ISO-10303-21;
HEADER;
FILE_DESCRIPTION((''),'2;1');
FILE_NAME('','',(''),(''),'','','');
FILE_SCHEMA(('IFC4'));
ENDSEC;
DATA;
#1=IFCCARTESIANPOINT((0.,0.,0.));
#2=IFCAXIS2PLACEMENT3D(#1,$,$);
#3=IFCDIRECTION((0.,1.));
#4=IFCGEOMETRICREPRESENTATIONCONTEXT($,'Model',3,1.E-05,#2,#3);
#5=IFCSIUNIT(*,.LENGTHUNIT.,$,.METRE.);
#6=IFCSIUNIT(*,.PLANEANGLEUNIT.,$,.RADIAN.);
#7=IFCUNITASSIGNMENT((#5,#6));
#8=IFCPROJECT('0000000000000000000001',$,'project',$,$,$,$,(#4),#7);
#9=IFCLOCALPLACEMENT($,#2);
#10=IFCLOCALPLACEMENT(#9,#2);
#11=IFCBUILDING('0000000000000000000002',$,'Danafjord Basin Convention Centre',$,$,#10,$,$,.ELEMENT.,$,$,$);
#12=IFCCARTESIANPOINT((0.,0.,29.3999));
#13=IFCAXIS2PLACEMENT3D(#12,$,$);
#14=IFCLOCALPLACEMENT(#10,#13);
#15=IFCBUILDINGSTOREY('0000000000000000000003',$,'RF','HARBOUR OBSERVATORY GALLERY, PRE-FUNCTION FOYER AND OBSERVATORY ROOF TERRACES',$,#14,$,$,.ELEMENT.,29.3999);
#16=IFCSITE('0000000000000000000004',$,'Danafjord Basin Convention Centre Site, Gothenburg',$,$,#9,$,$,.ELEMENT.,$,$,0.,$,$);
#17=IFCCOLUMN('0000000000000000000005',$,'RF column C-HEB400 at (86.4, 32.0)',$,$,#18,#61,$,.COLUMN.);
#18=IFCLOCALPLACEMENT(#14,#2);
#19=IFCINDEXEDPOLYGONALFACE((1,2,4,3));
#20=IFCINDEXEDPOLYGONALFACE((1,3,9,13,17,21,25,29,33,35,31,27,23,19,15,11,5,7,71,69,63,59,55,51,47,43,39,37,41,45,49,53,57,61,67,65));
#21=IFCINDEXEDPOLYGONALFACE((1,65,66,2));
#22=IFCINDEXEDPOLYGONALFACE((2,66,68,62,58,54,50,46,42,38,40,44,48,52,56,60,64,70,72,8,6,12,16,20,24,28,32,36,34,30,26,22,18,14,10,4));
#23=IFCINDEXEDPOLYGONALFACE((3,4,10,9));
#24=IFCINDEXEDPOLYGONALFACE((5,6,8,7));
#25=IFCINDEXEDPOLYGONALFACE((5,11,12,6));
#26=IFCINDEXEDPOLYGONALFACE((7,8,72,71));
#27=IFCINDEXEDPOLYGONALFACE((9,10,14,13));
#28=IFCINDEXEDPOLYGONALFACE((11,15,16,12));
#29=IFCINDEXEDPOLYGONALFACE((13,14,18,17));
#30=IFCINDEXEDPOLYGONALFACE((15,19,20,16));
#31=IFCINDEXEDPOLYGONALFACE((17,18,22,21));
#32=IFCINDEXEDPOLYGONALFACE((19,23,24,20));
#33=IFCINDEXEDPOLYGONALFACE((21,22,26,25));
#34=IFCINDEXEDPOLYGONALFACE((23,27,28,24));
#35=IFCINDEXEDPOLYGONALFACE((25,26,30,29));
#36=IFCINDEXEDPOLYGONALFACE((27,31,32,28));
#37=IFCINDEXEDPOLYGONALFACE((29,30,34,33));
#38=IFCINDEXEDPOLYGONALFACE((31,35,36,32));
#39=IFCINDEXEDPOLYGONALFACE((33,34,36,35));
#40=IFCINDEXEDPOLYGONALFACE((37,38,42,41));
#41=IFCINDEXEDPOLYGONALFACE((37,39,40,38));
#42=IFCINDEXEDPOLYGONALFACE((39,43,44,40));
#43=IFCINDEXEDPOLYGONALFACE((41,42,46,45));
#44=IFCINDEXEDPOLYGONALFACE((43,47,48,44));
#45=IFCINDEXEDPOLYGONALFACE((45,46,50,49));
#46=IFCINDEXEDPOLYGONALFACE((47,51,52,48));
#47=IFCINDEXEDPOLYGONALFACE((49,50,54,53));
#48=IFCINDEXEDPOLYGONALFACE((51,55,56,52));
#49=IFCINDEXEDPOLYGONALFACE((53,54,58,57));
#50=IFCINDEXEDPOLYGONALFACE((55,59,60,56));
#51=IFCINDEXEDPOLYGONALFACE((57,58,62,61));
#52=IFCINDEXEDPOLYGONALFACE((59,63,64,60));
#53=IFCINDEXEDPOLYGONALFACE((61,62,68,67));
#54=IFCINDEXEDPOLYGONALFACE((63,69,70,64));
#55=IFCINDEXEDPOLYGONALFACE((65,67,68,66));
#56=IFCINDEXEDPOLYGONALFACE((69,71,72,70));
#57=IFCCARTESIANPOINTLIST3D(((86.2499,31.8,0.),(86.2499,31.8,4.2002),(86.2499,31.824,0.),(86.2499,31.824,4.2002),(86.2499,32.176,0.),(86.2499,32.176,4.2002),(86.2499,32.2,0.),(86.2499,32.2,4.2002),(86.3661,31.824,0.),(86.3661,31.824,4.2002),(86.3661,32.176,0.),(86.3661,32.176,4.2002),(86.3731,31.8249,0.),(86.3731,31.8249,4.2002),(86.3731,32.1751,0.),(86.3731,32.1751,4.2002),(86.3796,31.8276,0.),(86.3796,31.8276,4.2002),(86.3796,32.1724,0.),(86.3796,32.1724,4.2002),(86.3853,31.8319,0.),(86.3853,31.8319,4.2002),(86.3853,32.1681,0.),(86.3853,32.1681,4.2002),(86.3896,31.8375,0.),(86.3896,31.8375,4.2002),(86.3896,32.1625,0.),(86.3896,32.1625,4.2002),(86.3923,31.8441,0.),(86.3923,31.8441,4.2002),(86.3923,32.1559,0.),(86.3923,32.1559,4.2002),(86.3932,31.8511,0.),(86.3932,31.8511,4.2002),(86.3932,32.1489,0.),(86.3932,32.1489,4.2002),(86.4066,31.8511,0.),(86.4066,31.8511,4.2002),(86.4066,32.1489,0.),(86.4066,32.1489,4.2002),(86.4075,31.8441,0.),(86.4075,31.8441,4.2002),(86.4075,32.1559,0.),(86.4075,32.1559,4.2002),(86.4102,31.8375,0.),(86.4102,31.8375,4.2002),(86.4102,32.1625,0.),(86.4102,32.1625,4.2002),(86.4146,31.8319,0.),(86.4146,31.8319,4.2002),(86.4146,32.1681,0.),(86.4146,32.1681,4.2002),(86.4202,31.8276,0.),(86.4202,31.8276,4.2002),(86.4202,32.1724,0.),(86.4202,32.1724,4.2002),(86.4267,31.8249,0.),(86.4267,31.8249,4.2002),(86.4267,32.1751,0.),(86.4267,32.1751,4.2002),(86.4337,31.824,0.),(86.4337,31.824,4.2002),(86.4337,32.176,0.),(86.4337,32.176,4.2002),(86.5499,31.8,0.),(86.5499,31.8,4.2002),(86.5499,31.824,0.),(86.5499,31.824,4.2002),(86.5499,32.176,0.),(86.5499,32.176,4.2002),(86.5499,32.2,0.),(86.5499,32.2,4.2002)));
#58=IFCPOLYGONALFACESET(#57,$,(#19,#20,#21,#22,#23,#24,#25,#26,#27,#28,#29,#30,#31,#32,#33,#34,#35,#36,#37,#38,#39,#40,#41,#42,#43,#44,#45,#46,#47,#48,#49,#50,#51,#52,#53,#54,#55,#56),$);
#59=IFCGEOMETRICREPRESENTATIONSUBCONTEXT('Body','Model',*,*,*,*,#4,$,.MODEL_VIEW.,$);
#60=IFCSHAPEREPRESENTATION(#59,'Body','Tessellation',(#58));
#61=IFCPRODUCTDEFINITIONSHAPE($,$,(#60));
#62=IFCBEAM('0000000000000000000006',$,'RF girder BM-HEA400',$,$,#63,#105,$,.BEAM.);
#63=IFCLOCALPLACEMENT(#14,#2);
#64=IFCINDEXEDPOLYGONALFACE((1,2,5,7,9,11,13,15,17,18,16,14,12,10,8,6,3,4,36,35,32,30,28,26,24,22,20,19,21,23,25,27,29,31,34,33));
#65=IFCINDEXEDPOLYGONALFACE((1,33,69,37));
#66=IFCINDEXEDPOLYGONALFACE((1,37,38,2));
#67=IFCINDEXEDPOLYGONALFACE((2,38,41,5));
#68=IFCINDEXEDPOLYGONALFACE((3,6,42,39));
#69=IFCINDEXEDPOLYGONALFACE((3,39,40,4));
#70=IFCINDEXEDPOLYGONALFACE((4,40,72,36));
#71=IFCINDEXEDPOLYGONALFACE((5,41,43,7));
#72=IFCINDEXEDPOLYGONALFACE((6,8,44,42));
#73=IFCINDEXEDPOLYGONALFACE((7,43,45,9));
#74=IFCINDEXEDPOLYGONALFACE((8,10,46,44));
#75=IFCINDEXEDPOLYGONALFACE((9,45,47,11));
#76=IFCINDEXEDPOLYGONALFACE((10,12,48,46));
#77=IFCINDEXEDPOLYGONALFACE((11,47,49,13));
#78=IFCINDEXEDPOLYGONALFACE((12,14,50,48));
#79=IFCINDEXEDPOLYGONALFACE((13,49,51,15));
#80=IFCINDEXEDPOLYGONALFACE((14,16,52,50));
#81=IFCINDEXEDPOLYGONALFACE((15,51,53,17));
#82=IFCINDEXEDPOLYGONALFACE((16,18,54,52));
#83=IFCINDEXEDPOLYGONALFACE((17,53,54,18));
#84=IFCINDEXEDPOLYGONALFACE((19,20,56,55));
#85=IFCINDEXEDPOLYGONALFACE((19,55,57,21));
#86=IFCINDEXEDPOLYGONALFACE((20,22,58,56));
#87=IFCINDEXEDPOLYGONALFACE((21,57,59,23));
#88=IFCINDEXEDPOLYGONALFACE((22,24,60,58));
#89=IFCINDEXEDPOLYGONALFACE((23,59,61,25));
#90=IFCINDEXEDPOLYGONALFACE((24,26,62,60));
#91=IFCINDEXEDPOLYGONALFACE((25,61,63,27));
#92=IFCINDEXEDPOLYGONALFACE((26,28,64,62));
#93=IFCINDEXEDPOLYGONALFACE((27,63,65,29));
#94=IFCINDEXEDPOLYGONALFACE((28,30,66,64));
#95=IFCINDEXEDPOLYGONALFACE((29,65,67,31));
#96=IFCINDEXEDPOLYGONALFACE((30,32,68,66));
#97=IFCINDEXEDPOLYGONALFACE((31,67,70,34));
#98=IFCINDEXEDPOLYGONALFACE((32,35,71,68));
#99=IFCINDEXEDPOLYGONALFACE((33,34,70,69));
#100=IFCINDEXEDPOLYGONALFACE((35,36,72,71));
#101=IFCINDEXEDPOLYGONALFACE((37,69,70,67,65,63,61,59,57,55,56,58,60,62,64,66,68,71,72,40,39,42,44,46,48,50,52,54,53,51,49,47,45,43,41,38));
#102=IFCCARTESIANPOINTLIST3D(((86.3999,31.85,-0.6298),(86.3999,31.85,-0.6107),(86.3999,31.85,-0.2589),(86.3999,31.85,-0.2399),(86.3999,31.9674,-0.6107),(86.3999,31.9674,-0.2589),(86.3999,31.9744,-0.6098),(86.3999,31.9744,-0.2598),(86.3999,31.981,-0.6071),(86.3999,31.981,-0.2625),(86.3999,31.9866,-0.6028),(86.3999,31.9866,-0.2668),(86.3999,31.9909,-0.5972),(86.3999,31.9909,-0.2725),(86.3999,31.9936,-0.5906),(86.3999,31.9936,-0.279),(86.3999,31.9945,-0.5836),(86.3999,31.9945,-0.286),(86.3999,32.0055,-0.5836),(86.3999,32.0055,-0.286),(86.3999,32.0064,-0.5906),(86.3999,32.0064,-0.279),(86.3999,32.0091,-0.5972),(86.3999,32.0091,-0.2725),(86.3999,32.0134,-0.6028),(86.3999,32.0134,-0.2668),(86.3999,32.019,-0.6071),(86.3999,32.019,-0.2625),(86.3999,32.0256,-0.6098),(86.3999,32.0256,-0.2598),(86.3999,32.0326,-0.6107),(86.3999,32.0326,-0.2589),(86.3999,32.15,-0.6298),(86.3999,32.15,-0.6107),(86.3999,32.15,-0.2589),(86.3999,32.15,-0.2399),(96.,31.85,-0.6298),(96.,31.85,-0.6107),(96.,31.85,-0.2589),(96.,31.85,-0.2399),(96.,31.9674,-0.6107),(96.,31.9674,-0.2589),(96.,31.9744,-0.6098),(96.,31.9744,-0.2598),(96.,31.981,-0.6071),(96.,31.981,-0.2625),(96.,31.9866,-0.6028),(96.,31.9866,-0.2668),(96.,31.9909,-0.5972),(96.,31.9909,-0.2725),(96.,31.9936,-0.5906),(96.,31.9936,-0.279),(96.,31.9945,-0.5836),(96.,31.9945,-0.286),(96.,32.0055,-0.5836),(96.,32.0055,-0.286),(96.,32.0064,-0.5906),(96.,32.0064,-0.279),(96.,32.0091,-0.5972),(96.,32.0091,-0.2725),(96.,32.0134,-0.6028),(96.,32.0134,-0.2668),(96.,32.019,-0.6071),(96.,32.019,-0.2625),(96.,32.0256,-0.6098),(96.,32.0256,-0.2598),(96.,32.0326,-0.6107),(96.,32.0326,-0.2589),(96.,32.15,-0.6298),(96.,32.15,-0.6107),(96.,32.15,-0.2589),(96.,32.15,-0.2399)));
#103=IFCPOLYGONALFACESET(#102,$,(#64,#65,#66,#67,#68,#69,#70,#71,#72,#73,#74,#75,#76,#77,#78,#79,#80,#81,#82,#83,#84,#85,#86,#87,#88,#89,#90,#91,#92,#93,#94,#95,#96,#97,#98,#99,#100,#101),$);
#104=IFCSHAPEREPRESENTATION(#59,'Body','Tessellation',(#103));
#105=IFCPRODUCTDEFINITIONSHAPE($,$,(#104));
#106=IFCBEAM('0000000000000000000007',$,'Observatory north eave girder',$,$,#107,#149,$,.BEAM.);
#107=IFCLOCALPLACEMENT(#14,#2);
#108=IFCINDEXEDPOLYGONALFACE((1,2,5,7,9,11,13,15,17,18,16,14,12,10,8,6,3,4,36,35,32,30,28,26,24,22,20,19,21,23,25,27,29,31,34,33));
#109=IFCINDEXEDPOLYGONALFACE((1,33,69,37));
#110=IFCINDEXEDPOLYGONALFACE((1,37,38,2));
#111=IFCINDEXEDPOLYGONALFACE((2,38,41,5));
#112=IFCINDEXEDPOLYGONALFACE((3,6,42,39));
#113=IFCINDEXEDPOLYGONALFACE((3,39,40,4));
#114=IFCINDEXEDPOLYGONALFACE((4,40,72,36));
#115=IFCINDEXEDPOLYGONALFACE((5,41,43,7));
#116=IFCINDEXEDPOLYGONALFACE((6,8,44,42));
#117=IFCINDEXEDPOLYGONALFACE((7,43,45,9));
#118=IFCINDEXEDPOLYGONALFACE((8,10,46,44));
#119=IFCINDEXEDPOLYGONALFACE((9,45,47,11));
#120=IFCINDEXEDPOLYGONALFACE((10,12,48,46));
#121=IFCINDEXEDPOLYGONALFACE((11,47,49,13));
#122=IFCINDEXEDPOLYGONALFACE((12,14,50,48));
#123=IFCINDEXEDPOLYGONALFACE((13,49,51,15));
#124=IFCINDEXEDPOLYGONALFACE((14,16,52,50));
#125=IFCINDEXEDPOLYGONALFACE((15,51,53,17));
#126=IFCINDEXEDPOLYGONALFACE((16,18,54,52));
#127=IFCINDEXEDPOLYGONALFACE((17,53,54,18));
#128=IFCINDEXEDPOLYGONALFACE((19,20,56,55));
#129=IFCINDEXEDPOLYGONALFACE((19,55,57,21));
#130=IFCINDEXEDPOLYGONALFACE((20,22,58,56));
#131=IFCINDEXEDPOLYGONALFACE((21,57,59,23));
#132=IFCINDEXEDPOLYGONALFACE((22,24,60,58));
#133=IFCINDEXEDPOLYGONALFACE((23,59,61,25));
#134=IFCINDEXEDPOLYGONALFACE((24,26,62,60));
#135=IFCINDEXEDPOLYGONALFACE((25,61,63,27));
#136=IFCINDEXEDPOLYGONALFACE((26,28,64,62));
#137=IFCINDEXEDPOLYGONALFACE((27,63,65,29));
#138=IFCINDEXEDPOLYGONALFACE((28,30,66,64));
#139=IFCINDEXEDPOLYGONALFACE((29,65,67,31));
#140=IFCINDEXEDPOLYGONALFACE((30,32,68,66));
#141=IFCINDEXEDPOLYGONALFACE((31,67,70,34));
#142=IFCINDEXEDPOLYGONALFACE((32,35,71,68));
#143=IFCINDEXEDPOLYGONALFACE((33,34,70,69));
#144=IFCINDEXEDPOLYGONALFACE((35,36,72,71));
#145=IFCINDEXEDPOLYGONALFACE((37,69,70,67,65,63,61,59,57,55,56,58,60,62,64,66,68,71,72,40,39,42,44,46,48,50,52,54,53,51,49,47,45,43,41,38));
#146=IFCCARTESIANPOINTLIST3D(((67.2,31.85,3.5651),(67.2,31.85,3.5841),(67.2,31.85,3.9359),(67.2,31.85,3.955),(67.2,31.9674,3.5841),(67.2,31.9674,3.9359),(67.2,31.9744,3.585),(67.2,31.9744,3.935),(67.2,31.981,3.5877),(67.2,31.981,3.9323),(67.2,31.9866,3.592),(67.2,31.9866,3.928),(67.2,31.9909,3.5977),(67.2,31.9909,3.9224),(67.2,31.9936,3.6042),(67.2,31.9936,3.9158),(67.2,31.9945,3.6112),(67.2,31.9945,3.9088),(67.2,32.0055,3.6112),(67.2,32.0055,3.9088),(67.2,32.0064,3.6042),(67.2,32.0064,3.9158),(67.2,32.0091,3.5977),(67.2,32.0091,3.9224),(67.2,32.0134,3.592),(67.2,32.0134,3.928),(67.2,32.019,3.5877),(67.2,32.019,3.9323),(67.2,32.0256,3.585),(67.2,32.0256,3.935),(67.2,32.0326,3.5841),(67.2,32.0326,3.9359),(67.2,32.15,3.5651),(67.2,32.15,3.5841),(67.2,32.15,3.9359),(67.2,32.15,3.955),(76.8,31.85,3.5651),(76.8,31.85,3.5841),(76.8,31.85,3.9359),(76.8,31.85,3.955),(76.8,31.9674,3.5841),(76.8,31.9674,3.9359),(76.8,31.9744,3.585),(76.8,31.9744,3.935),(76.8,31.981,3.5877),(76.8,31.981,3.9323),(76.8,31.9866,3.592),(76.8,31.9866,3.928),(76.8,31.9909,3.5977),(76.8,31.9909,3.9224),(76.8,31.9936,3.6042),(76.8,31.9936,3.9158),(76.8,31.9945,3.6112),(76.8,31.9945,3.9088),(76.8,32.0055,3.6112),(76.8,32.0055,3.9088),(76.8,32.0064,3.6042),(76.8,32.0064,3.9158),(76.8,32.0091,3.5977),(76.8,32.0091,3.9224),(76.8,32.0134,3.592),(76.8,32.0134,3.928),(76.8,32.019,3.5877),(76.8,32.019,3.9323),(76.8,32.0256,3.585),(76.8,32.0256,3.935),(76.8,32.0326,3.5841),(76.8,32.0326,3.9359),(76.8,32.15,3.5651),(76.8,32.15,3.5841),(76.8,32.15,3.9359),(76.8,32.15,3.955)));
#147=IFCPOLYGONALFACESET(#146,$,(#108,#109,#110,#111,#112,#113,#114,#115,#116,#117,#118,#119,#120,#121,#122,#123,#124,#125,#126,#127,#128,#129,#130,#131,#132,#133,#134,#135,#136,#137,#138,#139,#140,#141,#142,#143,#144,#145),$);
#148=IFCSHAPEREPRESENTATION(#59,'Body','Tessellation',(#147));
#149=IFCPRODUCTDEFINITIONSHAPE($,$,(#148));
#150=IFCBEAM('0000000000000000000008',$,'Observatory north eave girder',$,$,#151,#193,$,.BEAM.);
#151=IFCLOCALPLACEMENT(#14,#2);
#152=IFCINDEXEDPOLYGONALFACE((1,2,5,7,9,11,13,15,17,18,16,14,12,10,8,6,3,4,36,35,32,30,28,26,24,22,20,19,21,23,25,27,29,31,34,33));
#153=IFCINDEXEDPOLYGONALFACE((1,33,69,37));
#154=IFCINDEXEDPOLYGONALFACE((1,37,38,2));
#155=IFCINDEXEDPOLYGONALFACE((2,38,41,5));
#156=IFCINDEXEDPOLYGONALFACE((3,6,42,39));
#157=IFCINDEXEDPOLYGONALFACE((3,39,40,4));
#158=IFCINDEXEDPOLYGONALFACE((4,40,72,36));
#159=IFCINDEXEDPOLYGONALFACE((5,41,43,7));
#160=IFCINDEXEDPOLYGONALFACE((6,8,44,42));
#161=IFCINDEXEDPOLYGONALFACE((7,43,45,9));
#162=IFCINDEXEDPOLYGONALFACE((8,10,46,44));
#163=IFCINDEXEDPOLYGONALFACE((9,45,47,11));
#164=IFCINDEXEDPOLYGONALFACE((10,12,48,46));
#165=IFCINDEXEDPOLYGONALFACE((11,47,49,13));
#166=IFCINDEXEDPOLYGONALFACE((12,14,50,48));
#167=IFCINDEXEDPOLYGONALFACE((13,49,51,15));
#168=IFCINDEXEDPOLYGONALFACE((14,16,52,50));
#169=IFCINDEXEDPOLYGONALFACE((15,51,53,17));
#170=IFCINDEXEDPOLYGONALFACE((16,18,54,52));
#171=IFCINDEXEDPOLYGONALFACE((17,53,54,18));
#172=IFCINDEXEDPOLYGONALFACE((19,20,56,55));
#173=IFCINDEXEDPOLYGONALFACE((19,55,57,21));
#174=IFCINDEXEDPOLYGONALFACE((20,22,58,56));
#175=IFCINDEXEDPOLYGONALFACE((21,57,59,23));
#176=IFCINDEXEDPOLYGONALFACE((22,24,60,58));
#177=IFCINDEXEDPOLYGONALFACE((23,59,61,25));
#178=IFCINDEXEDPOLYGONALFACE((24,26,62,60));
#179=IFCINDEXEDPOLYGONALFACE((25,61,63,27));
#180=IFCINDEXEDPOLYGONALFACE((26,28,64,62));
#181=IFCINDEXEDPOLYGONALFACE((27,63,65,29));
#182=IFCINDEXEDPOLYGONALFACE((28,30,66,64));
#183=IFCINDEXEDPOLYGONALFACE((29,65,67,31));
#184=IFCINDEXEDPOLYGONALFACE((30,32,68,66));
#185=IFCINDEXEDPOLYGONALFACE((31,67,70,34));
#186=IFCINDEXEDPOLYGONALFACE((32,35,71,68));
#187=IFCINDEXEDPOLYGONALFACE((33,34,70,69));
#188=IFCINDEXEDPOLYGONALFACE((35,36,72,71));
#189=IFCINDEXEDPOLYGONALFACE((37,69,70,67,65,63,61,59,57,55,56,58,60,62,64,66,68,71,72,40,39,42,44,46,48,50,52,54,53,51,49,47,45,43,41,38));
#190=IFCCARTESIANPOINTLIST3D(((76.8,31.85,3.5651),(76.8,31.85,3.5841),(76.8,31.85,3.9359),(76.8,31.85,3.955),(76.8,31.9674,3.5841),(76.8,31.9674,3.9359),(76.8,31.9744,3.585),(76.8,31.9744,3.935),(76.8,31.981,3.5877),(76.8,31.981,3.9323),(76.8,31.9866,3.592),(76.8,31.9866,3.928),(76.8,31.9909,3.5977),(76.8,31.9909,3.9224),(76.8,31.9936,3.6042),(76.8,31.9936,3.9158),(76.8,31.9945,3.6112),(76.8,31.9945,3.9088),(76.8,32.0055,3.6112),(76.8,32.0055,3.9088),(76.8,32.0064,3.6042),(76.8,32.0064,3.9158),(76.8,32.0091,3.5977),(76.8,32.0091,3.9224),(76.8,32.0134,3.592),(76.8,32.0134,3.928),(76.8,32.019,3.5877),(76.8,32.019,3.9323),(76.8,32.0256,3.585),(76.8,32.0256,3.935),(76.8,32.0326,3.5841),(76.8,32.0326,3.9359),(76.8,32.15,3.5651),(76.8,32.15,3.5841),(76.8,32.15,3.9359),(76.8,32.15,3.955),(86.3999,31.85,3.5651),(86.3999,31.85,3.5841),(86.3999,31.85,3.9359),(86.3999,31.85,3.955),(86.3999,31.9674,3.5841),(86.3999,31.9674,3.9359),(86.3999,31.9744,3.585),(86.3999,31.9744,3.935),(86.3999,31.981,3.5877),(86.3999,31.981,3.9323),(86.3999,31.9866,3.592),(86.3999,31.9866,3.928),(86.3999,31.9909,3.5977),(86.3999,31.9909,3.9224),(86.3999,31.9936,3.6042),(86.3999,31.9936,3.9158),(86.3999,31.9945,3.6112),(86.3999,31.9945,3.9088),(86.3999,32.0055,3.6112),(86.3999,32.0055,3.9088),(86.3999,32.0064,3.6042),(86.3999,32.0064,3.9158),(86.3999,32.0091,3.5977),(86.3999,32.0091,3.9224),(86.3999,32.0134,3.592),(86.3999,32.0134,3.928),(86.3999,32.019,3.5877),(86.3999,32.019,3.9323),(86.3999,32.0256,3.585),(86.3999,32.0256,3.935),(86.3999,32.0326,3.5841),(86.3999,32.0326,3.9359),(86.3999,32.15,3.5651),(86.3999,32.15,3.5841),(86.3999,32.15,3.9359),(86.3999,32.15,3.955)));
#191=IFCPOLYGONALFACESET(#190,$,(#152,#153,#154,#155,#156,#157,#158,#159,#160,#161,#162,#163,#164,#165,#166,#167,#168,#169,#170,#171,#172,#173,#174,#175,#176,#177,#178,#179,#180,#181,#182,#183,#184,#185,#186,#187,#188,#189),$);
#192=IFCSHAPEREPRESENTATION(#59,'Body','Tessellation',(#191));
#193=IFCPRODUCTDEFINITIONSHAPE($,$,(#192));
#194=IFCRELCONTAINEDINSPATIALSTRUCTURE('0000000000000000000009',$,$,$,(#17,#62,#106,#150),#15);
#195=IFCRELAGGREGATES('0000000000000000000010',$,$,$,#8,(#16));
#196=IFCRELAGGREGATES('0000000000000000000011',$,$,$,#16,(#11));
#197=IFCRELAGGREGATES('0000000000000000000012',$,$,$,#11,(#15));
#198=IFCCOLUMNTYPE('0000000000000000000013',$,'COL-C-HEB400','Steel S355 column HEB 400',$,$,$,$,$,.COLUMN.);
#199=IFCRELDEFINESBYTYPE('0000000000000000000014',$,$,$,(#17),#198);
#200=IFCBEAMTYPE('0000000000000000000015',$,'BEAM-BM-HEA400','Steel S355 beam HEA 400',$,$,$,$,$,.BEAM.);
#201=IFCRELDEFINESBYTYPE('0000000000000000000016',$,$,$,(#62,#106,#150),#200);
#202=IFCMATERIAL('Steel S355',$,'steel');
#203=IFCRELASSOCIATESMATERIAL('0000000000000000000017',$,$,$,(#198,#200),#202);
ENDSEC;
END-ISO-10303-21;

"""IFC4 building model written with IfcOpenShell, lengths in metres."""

from ifc_helpers import new_model, si_unit, direction, frame, origin, origin_2d, place, context, subcontext, project, spatial, i_section, extrude, material, material_profile, profile_set, type_object, element, save


model = new_model("IFC4")

# Units and contexts
model_context = context("Model", 3, precision=1e-05, world=origin(), true_north=direction((0.0, 1.0)))
body_context = subcontext(model_context, "Body", "Model", "MODEL_VIEW")
ifc_project = project(units=[si_unit("LENGTHUNIT", "METRE"), si_unit("PLANEANGLEUNIT", "RADIAN")], contexts=[model_context])

# Site, building, storey
site_placement = place(None, origin())
site = spatial("IfcSite", under=ifc_project, at=site_placement, Name="Danafjord Basin Convention Centre Site, Gothenburg", CompositionType="ELEMENT", RefElevation=0.0)
building_placement = place(site_placement, origin())
building = spatial("IfcBuilding", under=site, at=building_placement, Name="Danafjord Basin Convention Centre", CompositionType="ELEMENT")
storey_placement = place(building_placement, frame((0.0, 0.0, 29.3999)))
storey = spatial("IfcBuildingStorey", under=building, at=storey_placement, Name="RF", Description="HARBOUR OBSERVATORY GALLERY, PRE-FUNCTION FOYER AND OBSERVATORY ROOF TERRACES", CompositionType="ELEMENT", Elevation=29.3999)

# Column
ifc_material_1 = material(Name="Steel S355", Category="steel")
ifc_material_profile_1 = material_profile(ifc_material_1, i_section(OverallWidth=0.3, OverallDepth=0.3999, WebThickness=0.0134, FlangeThickness=0.0239, FilletRadius=0.0271, at=origin_2d()), Name="HEB 400")
ifc_profile_set_1 = profile_set([ifc_material_profile_1], Name="Steel S355")
column_type_1 = type_object("IfcColumnType", Name="COL-C-HEB400", Description="Steel S355 column HEB 400", PredefinedType="COLUMN", material=ifc_profile_set_1)
for number, where, z_axis, x_axis, name in (
    (1, (86.3999, 32.0, 0.0), (0.0, 0.0, 1.0), (1.0, 0.0, 0.0), "RF column C-HEB400 at (86.4, 32.0)"),
):
    element("IfcColumn", number, at=place(storey_placement, frame(where, z_axis=z_axis, x_axis=x_axis)), inside=storey, type_object=column_type_1, Name=name, PredefinedType="COLUMN", context=body_context, shape_type="SweptSolid", body=[
        extrude(i_section(OverallWidth=0.3, OverallDepth=0.3999, WebThickness=0.0134, FlangeThickness=0.0239, FilletRadius=0.0271, at=origin_2d()), origin(), (0.0, 0.0, 1.0), 4.2002),
    ])

# Beams
ifc_material_profile_2 = material_profile(ifc_material_1, i_section(OverallWidth=0.3, OverallDepth=0.3899, WebThickness=0.011, FlangeThickness=0.019, FilletRadius=0.0271, at=origin_2d()), Name="HEA 400")
ifc_profile_set_2 = profile_set([ifc_material_profile_2], Name="Steel S355")
beam_type_1 = type_object("IfcBeamType", Name="BEAM-BM-HEA400", Description="Steel S355 beam HEA 400", PredefinedType="BEAM", material=ifc_profile_set_2)
for number, where, z_axis, x_axis, name in (
    (2, (86.3999, 32.0, -0.4348), (1.0, 0.0, 0.0), (0.0, 1.0, 0.0), "RF girder BM-HEA400"),
    (3, (67.2, 32.0, 3.76), (1.0, 0.0, 0.0), (0.0, 1.0, 0.0), "Observatory north eave girder"),
):
    element("IfcBeam", number, at=place(storey_placement, frame(where, z_axis=z_axis, x_axis=x_axis)), inside=storey, type_object=beam_type_1, Name=name, PredefinedType="BEAM", context=body_context, shape_type="SweptSolid", body=[
        extrude(i_section(OverallWidth=0.3, OverallDepth=0.3899, WebThickness=0.011, FlangeThickness=0.019, FilletRadius=0.0271, at=origin_2d()), origin(), (0.0, 0.0, 1.0), 9.6001),
    ])
beam_1_placement = place(storey_placement, frame((76.8, 32.0, 3.76), z_axis=(1.0, 0.0, 0.0), x_axis=(0.0, 1.0, 0.0)))
element("IfcBeam", 4, at=beam_1_placement, inside=storey, type_object=beam_type_1, Name="Observatory north eave girder", PredefinedType="BEAM", context=body_context, shape_type="SweptSolid", body=[
    extrude(i_section(OverallWidth=0.3, OverallDepth=0.3899, WebThickness=0.011, FlangeThickness=0.019, FilletRadius=0.0271, at=origin_2d()), origin(), (0.0, 0.0, 1.0), 9.5999),
])

save(model, "model.ifc")
